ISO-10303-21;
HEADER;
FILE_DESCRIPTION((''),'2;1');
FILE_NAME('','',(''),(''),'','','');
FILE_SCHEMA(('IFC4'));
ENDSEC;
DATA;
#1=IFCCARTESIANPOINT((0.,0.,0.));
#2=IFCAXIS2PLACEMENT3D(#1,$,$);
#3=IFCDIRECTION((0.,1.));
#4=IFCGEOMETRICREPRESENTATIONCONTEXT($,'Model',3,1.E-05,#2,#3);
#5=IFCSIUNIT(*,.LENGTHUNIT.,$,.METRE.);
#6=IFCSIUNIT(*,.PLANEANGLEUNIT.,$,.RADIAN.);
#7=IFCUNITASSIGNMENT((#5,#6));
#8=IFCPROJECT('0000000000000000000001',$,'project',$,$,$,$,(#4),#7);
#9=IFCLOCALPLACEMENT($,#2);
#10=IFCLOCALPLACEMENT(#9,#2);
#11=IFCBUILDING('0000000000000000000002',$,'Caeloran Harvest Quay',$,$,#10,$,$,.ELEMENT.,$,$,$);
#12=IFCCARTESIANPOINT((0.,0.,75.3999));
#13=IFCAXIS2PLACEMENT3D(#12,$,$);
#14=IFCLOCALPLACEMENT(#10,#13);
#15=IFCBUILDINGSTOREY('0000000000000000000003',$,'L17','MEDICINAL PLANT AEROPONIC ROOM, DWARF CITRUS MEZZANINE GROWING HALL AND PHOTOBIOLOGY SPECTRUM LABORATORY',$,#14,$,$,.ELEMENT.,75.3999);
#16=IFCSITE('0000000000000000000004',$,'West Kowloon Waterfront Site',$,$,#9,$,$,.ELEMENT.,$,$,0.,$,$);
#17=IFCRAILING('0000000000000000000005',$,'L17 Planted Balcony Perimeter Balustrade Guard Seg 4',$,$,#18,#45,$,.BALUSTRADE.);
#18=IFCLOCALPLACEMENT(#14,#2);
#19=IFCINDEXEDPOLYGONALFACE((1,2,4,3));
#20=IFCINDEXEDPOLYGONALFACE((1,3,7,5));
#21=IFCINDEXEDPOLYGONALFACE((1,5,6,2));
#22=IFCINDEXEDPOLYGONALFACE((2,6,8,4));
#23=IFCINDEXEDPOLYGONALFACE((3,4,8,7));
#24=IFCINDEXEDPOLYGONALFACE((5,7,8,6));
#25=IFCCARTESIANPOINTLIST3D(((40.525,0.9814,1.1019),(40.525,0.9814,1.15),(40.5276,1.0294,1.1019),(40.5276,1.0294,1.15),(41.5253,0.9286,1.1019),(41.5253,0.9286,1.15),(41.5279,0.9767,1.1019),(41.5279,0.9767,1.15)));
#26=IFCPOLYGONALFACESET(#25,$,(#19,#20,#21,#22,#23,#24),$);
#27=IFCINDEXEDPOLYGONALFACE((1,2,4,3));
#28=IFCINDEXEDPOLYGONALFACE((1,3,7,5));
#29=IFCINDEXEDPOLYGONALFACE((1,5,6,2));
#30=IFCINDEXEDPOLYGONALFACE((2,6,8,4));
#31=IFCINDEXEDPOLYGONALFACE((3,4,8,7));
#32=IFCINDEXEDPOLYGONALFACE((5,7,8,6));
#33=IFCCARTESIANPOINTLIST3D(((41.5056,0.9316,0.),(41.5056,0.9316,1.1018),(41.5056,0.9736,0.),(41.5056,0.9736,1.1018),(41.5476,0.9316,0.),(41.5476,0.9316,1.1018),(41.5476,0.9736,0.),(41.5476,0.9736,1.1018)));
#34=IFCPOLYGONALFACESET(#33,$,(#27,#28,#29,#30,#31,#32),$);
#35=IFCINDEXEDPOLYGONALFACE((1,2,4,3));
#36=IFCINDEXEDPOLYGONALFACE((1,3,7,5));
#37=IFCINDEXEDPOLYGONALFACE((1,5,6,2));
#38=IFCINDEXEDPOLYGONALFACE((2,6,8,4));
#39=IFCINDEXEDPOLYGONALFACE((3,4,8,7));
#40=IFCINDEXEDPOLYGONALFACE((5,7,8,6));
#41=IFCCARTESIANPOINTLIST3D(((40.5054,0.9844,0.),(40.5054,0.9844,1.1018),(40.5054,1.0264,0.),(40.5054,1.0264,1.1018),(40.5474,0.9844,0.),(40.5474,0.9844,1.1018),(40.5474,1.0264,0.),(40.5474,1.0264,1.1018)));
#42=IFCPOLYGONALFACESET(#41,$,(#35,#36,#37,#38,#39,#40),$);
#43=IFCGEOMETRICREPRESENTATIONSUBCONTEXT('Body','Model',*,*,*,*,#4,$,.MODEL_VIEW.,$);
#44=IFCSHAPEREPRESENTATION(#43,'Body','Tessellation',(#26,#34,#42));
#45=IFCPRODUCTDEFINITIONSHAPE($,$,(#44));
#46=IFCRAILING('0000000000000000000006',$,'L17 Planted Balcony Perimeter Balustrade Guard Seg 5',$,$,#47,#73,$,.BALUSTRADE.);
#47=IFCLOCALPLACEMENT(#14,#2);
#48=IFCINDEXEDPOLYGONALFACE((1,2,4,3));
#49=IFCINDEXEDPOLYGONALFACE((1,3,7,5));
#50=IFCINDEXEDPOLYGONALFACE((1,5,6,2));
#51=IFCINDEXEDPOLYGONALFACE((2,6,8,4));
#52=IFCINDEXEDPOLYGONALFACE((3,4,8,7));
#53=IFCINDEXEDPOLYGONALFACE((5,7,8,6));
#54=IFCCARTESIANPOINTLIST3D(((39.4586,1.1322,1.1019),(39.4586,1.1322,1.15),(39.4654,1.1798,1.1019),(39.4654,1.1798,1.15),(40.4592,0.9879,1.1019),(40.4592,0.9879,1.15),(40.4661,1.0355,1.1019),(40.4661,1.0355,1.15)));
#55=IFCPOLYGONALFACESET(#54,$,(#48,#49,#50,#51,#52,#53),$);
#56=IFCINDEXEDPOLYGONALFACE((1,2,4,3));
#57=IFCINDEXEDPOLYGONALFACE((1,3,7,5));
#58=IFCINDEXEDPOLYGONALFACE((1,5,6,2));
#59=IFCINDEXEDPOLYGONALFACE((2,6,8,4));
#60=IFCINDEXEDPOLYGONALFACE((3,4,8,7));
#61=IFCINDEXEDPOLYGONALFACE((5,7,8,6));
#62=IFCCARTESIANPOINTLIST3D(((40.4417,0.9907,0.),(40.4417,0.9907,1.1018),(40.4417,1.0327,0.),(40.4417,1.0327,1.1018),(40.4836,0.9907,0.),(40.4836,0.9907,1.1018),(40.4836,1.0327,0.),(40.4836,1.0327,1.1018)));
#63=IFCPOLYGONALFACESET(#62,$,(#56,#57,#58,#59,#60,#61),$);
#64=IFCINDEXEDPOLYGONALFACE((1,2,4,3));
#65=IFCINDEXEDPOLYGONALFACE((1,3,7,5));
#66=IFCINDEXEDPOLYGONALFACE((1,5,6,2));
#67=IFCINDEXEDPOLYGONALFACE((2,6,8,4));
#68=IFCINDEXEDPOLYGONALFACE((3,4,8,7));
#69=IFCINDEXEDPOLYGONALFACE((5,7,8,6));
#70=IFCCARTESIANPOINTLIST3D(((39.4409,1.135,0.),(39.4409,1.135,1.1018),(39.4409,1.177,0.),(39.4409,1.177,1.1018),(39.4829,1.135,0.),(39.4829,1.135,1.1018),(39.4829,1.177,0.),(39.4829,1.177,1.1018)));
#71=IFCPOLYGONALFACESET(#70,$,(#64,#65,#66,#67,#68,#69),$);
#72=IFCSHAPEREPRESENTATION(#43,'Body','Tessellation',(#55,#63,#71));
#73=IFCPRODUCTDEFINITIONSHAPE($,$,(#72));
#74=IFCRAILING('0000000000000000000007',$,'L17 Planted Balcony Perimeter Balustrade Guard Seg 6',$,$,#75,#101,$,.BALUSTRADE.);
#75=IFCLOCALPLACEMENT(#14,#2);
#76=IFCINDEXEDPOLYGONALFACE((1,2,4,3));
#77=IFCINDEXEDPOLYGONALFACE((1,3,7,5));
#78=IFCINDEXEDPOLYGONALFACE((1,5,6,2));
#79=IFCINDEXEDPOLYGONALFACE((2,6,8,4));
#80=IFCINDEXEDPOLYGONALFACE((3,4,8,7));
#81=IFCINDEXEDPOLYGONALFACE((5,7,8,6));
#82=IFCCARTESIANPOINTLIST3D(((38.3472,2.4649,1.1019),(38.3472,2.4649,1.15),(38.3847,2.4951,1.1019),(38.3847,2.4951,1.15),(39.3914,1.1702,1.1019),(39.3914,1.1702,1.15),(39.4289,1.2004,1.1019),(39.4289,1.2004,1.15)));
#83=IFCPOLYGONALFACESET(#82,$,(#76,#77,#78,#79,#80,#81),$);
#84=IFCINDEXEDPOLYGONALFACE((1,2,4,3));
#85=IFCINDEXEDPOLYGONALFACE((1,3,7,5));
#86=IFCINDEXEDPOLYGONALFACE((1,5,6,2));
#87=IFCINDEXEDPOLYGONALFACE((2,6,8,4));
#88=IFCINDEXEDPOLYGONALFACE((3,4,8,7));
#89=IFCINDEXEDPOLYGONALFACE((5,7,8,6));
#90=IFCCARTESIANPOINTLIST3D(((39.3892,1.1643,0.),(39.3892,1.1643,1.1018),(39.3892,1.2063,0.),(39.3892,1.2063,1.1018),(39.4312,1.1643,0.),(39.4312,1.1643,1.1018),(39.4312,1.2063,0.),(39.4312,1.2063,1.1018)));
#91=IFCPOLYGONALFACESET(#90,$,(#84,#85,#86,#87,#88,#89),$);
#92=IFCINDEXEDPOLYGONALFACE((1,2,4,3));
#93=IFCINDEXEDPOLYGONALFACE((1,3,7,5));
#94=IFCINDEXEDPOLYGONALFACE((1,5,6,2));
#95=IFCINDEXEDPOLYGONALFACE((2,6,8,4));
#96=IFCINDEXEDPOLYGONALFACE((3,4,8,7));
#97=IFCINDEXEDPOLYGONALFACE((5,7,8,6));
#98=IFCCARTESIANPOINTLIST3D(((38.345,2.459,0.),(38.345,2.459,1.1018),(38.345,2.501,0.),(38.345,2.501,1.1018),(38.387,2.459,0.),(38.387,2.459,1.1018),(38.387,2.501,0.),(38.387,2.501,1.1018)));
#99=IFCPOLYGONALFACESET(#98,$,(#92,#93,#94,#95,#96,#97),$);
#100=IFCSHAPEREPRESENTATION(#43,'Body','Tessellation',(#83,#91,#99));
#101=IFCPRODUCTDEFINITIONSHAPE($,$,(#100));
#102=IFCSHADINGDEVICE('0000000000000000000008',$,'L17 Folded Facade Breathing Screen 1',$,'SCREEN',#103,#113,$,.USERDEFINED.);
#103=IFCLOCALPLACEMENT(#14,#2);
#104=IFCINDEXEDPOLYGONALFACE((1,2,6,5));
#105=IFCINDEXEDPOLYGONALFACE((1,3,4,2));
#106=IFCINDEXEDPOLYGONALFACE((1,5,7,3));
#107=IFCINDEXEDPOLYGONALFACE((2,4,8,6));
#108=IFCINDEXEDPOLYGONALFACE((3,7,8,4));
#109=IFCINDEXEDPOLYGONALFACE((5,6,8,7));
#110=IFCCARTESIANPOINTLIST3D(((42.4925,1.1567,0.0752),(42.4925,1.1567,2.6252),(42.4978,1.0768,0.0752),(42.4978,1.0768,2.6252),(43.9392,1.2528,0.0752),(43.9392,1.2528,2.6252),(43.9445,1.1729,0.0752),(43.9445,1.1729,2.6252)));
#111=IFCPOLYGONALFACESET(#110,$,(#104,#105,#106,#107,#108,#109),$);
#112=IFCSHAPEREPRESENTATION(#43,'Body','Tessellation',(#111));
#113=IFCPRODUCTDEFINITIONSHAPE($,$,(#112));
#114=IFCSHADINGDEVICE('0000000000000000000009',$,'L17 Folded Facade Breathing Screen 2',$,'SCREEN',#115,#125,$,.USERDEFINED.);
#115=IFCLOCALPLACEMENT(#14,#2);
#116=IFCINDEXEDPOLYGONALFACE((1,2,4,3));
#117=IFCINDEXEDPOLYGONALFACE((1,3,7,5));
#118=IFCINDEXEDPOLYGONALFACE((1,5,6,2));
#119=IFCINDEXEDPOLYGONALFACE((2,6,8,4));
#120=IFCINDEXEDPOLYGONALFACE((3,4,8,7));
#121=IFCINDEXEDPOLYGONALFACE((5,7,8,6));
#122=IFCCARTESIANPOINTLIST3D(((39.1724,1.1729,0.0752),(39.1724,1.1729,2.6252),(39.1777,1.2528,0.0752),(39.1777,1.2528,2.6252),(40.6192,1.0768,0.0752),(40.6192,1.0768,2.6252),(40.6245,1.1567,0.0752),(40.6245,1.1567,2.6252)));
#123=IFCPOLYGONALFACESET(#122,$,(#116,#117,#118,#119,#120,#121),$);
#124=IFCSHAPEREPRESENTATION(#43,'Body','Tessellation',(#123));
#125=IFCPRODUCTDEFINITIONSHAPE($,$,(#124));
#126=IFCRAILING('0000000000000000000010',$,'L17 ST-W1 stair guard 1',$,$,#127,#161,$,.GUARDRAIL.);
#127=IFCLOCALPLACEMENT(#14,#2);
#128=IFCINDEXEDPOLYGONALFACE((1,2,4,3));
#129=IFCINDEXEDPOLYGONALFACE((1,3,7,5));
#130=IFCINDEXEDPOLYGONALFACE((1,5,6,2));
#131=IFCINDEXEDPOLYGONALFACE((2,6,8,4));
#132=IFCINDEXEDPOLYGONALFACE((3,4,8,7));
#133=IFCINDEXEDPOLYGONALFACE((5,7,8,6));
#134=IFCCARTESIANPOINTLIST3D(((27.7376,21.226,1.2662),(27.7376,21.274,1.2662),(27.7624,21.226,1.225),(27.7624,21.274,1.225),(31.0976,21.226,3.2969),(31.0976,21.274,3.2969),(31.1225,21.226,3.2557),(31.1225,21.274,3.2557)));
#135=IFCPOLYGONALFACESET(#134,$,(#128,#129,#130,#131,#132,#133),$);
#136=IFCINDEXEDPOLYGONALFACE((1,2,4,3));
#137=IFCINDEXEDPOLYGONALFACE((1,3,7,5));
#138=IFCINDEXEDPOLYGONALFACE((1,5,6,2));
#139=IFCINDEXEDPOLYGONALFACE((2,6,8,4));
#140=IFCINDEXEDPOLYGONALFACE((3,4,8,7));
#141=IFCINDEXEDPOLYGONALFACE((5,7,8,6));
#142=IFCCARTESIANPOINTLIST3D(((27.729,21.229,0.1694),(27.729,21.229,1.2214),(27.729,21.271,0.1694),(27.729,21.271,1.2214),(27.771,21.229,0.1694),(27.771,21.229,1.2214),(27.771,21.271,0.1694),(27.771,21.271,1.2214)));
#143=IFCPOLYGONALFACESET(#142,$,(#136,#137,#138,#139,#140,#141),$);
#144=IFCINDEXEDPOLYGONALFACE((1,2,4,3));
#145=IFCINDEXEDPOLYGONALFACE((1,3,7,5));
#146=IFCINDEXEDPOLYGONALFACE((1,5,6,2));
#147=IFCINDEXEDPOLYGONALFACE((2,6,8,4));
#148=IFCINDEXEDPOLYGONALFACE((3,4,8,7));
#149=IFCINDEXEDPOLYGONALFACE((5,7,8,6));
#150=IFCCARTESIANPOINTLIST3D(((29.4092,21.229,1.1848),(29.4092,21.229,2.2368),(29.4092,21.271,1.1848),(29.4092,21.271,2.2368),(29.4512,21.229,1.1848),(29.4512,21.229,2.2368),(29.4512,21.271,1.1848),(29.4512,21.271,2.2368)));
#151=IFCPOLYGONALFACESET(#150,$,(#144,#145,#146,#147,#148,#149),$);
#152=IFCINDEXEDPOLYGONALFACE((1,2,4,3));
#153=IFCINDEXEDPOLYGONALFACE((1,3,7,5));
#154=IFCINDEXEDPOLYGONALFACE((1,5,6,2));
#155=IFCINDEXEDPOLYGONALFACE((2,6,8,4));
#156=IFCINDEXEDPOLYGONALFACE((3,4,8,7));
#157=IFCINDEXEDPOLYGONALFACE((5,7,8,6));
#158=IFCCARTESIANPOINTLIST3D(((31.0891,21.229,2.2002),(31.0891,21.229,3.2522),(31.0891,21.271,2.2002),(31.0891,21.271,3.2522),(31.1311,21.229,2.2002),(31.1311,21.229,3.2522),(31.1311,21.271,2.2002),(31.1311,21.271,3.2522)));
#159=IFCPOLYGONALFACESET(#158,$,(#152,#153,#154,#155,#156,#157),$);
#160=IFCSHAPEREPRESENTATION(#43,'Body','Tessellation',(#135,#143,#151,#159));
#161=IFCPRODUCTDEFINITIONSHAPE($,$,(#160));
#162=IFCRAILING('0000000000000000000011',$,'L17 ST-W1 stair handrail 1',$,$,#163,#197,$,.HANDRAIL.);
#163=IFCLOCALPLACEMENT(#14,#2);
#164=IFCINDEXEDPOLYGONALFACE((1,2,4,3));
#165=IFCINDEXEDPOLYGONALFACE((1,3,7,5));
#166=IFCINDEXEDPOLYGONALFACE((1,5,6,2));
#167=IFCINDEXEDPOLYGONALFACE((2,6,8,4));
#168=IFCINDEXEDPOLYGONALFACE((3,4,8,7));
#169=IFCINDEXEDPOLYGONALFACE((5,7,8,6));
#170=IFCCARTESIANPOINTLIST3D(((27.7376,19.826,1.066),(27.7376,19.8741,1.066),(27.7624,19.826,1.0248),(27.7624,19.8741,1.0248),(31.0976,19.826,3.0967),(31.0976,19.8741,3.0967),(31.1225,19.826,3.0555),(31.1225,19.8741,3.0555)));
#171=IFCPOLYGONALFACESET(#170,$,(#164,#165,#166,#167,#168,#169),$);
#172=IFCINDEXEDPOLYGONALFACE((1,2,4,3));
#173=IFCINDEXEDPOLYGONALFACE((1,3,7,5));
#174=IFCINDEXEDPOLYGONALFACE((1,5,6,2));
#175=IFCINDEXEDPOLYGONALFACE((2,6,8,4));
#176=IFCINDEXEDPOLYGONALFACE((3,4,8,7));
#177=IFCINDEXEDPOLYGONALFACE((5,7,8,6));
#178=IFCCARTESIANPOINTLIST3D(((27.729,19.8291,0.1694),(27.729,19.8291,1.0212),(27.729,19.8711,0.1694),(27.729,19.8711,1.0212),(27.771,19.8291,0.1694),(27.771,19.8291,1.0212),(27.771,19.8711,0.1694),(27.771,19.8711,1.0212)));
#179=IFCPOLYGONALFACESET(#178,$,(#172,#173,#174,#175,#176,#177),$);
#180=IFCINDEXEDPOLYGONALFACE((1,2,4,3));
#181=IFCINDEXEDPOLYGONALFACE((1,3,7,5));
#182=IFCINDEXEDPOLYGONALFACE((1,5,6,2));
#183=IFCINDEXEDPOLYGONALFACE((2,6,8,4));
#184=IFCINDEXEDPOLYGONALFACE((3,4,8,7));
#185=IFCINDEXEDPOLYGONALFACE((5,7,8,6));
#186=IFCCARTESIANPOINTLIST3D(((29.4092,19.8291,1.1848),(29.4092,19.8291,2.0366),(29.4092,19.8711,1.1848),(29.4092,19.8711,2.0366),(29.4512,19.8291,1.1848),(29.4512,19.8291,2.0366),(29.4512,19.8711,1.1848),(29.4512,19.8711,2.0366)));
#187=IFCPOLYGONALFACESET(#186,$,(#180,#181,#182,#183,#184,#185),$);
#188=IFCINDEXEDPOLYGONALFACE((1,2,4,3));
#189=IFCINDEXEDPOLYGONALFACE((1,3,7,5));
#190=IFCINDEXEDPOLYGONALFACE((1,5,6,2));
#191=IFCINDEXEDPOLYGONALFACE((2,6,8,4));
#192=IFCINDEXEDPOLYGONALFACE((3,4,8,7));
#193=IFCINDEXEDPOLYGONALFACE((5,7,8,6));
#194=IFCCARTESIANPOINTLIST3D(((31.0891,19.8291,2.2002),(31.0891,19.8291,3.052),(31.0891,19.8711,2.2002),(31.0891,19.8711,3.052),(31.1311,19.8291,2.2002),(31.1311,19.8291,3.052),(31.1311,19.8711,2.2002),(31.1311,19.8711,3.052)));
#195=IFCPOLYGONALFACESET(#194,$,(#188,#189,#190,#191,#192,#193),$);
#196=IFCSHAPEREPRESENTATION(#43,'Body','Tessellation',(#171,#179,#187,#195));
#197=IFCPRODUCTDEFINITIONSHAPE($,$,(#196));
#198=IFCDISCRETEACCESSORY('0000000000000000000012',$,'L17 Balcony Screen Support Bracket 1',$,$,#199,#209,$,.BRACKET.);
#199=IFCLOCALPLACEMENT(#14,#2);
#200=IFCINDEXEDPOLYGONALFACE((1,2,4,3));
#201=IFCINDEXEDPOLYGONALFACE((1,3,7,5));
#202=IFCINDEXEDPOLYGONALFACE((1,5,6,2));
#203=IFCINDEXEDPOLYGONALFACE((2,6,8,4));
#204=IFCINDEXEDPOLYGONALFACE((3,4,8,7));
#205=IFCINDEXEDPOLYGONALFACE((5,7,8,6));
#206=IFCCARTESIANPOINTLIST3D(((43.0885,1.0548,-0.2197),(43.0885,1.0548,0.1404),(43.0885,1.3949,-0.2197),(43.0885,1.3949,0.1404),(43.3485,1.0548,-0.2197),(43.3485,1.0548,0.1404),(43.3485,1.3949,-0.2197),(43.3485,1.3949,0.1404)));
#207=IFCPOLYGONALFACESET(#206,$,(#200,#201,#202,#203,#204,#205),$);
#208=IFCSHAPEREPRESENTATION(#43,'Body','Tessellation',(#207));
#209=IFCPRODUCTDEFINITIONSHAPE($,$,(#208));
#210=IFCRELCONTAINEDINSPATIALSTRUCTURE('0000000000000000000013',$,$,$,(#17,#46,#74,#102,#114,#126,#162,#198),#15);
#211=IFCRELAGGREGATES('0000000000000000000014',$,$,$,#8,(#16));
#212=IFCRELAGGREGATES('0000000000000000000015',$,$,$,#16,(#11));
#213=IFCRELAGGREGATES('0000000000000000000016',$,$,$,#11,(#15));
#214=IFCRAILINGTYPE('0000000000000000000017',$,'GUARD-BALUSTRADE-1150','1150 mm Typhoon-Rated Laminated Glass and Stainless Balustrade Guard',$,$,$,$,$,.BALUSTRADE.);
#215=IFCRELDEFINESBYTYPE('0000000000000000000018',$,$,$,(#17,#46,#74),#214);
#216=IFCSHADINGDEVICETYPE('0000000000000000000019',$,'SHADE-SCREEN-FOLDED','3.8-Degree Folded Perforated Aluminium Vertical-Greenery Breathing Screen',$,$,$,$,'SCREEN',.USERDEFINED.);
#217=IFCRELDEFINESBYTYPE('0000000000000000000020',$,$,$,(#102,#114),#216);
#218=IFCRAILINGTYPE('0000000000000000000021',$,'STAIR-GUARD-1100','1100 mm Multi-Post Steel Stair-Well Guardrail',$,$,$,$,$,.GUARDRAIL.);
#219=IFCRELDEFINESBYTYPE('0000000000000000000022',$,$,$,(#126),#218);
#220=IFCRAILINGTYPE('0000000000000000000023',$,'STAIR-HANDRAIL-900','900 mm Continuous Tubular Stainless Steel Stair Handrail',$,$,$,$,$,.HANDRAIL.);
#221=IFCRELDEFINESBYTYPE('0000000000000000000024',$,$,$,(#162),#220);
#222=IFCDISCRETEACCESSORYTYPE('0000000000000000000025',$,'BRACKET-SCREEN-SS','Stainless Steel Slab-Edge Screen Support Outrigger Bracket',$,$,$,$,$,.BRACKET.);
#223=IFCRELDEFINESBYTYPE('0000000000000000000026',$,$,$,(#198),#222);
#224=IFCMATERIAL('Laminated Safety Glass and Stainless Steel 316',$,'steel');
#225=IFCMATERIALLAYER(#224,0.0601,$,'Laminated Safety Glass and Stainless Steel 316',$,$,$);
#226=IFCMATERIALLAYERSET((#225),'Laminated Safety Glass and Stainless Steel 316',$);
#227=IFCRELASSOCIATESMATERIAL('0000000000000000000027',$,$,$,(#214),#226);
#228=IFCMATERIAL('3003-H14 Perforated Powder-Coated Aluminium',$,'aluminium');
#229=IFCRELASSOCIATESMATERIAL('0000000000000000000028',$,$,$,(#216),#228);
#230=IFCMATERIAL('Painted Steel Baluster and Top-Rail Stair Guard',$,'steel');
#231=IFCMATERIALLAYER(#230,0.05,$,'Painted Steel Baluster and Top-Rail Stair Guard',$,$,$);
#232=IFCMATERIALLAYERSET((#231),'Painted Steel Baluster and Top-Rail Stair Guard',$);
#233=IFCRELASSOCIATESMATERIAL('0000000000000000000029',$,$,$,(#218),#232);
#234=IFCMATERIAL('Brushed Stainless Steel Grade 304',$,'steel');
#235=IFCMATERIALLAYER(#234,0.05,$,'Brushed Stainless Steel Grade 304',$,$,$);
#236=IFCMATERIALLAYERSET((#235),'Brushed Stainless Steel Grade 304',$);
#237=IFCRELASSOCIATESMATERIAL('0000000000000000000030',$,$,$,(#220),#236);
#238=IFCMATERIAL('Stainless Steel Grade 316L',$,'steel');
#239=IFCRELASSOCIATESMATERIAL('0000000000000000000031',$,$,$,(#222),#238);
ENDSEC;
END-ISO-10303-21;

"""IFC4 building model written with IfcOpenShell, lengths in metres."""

from ifc_helpers import new_model, si_unit, direction, frame, origin, origin_2d, place, context, subcontext, project, spatial, rectangle, extrude, material, layer, layer_set, type_object, element, save


model = new_model("IFC4")

# Units and contexts
model_context = context("Model", 3, precision=1e-05, world=origin(), true_north=direction((0.0, 1.0)))
body_context = subcontext(model_context, "Body", "Model", "MODEL_VIEW")
ifc_project = project(units=[si_unit("LENGTHUNIT", "METRE"), si_unit("PLANEANGLEUNIT", "RADIAN")], contexts=[model_context])

# Site, building, storey
site_placement = place(None, origin())
site = spatial("IfcSite", under=ifc_project, at=site_placement, Name="West Kowloon Waterfront Site", CompositionType="ELEMENT", RefElevation=0.0)
building_placement = place(site_placement, origin())
building = spatial("IfcBuilding", under=site, at=building_placement, Name="Caeloran Harvest Quay", CompositionType="ELEMENT")
storey_placement = place(building_placement, frame((0.0, 0.0, 75.3999)))
storey = spatial("IfcBuildingStorey", under=building, at=storey_placement, Name="L17", Description="MEDICINAL PLANT AEROPONIC ROOM, DWARF CITRUS MEZZANINE GROWING HALL AND PHOTOBIOLOGY SPECTRUM LABORATORY", CompositionType="ELEMENT", Elevation=75.3999)

# Railings
ifc_material_1 = material(Name="Laminated Safety Glass and Stainless Steel 316", Category="steel")
ifc_layer_1 = layer(ifc_material_1, 0.0601, Name="Laminated Safety Glass and Stainless Steel 316")
ifc_layer_set_1 = layer_set([ifc_layer_1], Name="Laminated Safety Glass and Stainless Steel 316")
railing_type_1 = type_object("IfcRailingType", Name="GUARD-BALUSTRADE-1150", Description="1150 mm Typhoon-Rated Laminated Glass and Stainless Balustrade Guard", PredefinedType="BALUSTRADE", material=ifc_layer_set_1)
railing_1_placement = place(storey_placement, frame((41.5266, 0.9526, 0.0)))
element("IfcRailing", 1, at=railing_1_placement, inside=storey, type_object=railing_type_1, Name="L17 Planted Balcony Perimeter Balustrade Guard Seg 4", PredefinedType="BALUSTRADE", context=body_context, shape_type="SweptSolid", body=[
    extrude(rectangle(XDim=0.0481, YDim=0.0481, at=origin_2d()), frame((0.0, 0.0, 1.126), z_axis=(-0.998613, 0.052648, 0.0), x_axis=(-0.052648, -0.998613, 0.0)), (0.0, 0.0, 1.0), 1.0017),
    extrude(rectangle(XDim=0.042, YDim=0.042, at=origin_2d()), origin(), (0.0, 0.0, 1.0), 1.1018),
    extrude(rectangle(XDim=0.042, YDim=0.042, at=origin_2d()), frame((-1.0002, 0.0527, 0.0)), (0.0, 0.0, 1.0), 1.1018),
])
railing_2_placement = place(storey_placement, frame((40.4626, 1.0117, 0.0)))
element("IfcRailing", 2, at=railing_2_placement, inside=storey, type_object=railing_type_1, Name="L17 Planted Balcony Perimeter Balustrade Guard Seg 5", PredefinedType="BALUSTRADE", context=body_context, shape_type="SweptSolid", body=[
    extrude(rectangle(XDim=0.0481, YDim=0.0481, at=origin_2d()), frame((0.0, 0.0, 1.126), z_axis=(-0.989765, 0.142706, 0.0), x_axis=(-0.142706, -0.989765, 0.0)), (0.0, 0.0, 1.0), 1.011),
    extrude(rectangle(XDim=0.042, YDim=0.042, at=origin_2d()), origin(), (0.0, 0.0, 1.0), 1.1018),
    extrude(rectangle(XDim=0.042, YDim=0.042, at=origin_2d()), frame((-1.0007, 0.1443, 0.0)), (0.0, 0.0, 1.0), 1.1018),
])
railing_3_placement = place(storey_placement, frame((39.4102, 1.1853, 0.0)))
element("IfcRailing", 3, at=railing_3_placement, inside=storey, type_object=railing_type_1, Name="L17 Planted Balcony Perimeter Balustrade Guard Seg 6", PredefinedType="BALUSTRADE", context=body_context, shape_type="SweptSolid", body=[
    extrude(rectangle(XDim=0.0481, YDim=0.0481, at=origin_2d()), frame((0.0, 0.0, 1.126), z_axis=(-0.627787, 0.778385, 0.0), x_axis=(-0.778385, -0.627787, 0.0)), (0.0, 0.0, 1.0), 1.6633),
    extrude(rectangle(XDim=0.042, YDim=0.042, at=origin_2d()), origin(), (0.0, 0.0, 1.0), 1.1018),
    extrude(rectangle(XDim=0.042, YDim=0.042, at=origin_2d()), frame((-1.0442, 1.2947, 0.0)), (0.0, 0.0, 1.0), 1.1018),
])

# Shading devices
ifc_material_2 = material(Name="3003-H14 Perforated Powder-Coated Aluminium", Category="aluminium")
shading_device_type = type_object("IfcShadingDeviceType", Name="SHADE-SCREEN-FOLDED", Description="3.8-Degree Folded Perforated Aluminium Vertical-Greenery Breathing Screen", ElementType="SCREEN", PredefinedType="USERDEFINED", material=ifc_material_2)
for number, where, z_axis, x_axis, name in (
    (4, (43.2185, 1.1648, 0.0752), (0.0, 0.0, 1.0), (0.997801, 0.066274, 0.0), "L17 Folded Facade Breathing Screen 1"),
    (5, (39.8984, 1.1648, 0.0752), (0.0, 0.0, 1.0), (0.997801, -0.066274, 0.0), "L17 Folded Facade Breathing Screen 2"),
):
    element("IfcShadingDevice", number, at=place(storey_placement, frame(where, z_axis=z_axis, x_axis=x_axis)), inside=storey, type_object=shading_device_type, Name=name, ObjectType="SCREEN", PredefinedType="USERDEFINED", context=body_context, shape_type="SweptSolid", body=[
        extrude(rectangle(XDim=1.45, YDim=0.0801, at=origin_2d()), origin(), (0.0, 0.0, 1.0), 2.55),
    ])

# Railings
ifc_material_3 = material(Name="Painted Steel Baluster and Top-Rail Stair Guard", Category="steel")
ifc_layer_2 = layer(ifc_material_3, 0.05, Name="Painted Steel Baluster and Top-Rail Stair Guard")
ifc_layer_set_2 = layer_set([ifc_layer_2], Name="Painted Steel Baluster and Top-Rail Stair Guard")
railing_type_2 = type_object("IfcRailingType", Name="STAIR-GUARD-1100", Description="1100 mm Multi-Post Steel Stair-Well Guardrail", PredefinedType="GUARDRAIL", material=ifc_layer_set_2)
railing_4_placement = place(storey_placement, frame((27.75, 21.25, 0.1694)))
element("IfcRailing", 6, at=railing_4_placement, inside=storey, type_object=railing_type_2, Name="L17 ST-W1 stair guard 1", PredefinedType="GUARDRAIL", context=body_context, shape_type="SweptSolid", body=[
    extrude(rectangle(XDim=0.0481, YDim=0.0481, at=origin_2d()), frame((0.0, 0.0, 1.0762), z_axis=(0.855837, 0.0, 0.517246), x_axis=(0.0, 1.0, 0.0)), (0.0, 0.0, 1.0), 3.926),
    extrude(rectangle(XDim=0.042, YDim=0.042, at=origin_2d()), origin(), (0.0, 0.0, 1.0), 1.052),
    extrude(rectangle(XDim=0.042, YDim=0.042, at=origin_2d()), frame((1.6802, 0.0, 1.0154)), (0.0, 0.0, 1.0), 1.052),
    extrude(rectangle(XDim=0.042, YDim=0.042, at=origin_2d()), frame((3.3601, 0.0, 2.0308)), (0.0, 0.0, 1.0), 1.052),
])
ifc_material_4 = material(Name="Brushed Stainless Steel Grade 304", Category="steel")
ifc_layer_3 = layer(ifc_material_4, 0.05, Name="Brushed Stainless Steel Grade 304")
ifc_layer_set_3 = layer_set([ifc_layer_3], Name="Brushed Stainless Steel Grade 304")
railing_type_3 = type_object("IfcRailingType", Name="STAIR-HANDRAIL-900", Description="900 mm Continuous Tubular Stainless Steel Stair Handrail", PredefinedType="HANDRAIL", material=ifc_layer_set_3)
railing_5_placement = place(storey_placement, frame((27.75, 19.8501, 0.1694)))
element("IfcRailing", 7, at=railing_5_placement, inside=storey, type_object=railing_type_3, Name="L17 ST-W1 stair handrail 1", PredefinedType="HANDRAIL", context=body_context, shape_type="SweptSolid", body=[
    extrude(rectangle(XDim=0.0481, YDim=0.0481, at=origin_2d()), frame((0.0, 0.0, 0.876), z_axis=(0.855837, 0.0, 0.517246), x_axis=(0.0, 1.0, 0.0)), (0.0, 0.0, 1.0), 3.926),
    extrude(rectangle(XDim=0.042, YDim=0.042, at=origin_2d()), origin(), (0.0, 0.0, 1.0), 0.8518),
    extrude(rectangle(XDim=0.042, YDim=0.042, at=origin_2d()), frame((1.6802, 0.0, 1.0154)), (0.0, 0.0, 1.0), 0.8518),
    extrude(rectangle(XDim=0.042, YDim=0.042, at=origin_2d()), frame((3.3601, 0.0, 2.0308)), (0.0, 0.0, 1.0), 0.8518),
])

# Discrete accessory
ifc_material_5 = material(Name="Stainless Steel Grade 316L", Category="steel")
discrete_accessory_type = type_object("IfcDiscreteAccessoryType", Name="BRACKET-SCREEN-SS", Description="Stainless Steel Slab-Edge Screen Support Outrigger Bracket", PredefinedType="BRACKET", material=ifc_material_5)
for number, where, z_axis, x_axis, name in (
    (8, (43.2185, 1.2249, -0.2197), (0.0, 0.0, 1.0), (1.0, 0.0, 0.0), "L17 Balcony Screen Support Bracket 1"),
):
    element("IfcDiscreteAccessory", number, at=place(storey_placement, frame(where, z_axis=z_axis, x_axis=x_axis)), inside=storey, type_object=discrete_accessory_type, Name=name, PredefinedType="BRACKET", context=body_context, shape_type="SweptSolid", body=[
        extrude(rectangle(XDim=0.26, YDim=0.3401, at=origin_2d()), origin(), (0.0, 0.0, 1.0), 0.3601),
    ])

save(model, "model.ifc")
